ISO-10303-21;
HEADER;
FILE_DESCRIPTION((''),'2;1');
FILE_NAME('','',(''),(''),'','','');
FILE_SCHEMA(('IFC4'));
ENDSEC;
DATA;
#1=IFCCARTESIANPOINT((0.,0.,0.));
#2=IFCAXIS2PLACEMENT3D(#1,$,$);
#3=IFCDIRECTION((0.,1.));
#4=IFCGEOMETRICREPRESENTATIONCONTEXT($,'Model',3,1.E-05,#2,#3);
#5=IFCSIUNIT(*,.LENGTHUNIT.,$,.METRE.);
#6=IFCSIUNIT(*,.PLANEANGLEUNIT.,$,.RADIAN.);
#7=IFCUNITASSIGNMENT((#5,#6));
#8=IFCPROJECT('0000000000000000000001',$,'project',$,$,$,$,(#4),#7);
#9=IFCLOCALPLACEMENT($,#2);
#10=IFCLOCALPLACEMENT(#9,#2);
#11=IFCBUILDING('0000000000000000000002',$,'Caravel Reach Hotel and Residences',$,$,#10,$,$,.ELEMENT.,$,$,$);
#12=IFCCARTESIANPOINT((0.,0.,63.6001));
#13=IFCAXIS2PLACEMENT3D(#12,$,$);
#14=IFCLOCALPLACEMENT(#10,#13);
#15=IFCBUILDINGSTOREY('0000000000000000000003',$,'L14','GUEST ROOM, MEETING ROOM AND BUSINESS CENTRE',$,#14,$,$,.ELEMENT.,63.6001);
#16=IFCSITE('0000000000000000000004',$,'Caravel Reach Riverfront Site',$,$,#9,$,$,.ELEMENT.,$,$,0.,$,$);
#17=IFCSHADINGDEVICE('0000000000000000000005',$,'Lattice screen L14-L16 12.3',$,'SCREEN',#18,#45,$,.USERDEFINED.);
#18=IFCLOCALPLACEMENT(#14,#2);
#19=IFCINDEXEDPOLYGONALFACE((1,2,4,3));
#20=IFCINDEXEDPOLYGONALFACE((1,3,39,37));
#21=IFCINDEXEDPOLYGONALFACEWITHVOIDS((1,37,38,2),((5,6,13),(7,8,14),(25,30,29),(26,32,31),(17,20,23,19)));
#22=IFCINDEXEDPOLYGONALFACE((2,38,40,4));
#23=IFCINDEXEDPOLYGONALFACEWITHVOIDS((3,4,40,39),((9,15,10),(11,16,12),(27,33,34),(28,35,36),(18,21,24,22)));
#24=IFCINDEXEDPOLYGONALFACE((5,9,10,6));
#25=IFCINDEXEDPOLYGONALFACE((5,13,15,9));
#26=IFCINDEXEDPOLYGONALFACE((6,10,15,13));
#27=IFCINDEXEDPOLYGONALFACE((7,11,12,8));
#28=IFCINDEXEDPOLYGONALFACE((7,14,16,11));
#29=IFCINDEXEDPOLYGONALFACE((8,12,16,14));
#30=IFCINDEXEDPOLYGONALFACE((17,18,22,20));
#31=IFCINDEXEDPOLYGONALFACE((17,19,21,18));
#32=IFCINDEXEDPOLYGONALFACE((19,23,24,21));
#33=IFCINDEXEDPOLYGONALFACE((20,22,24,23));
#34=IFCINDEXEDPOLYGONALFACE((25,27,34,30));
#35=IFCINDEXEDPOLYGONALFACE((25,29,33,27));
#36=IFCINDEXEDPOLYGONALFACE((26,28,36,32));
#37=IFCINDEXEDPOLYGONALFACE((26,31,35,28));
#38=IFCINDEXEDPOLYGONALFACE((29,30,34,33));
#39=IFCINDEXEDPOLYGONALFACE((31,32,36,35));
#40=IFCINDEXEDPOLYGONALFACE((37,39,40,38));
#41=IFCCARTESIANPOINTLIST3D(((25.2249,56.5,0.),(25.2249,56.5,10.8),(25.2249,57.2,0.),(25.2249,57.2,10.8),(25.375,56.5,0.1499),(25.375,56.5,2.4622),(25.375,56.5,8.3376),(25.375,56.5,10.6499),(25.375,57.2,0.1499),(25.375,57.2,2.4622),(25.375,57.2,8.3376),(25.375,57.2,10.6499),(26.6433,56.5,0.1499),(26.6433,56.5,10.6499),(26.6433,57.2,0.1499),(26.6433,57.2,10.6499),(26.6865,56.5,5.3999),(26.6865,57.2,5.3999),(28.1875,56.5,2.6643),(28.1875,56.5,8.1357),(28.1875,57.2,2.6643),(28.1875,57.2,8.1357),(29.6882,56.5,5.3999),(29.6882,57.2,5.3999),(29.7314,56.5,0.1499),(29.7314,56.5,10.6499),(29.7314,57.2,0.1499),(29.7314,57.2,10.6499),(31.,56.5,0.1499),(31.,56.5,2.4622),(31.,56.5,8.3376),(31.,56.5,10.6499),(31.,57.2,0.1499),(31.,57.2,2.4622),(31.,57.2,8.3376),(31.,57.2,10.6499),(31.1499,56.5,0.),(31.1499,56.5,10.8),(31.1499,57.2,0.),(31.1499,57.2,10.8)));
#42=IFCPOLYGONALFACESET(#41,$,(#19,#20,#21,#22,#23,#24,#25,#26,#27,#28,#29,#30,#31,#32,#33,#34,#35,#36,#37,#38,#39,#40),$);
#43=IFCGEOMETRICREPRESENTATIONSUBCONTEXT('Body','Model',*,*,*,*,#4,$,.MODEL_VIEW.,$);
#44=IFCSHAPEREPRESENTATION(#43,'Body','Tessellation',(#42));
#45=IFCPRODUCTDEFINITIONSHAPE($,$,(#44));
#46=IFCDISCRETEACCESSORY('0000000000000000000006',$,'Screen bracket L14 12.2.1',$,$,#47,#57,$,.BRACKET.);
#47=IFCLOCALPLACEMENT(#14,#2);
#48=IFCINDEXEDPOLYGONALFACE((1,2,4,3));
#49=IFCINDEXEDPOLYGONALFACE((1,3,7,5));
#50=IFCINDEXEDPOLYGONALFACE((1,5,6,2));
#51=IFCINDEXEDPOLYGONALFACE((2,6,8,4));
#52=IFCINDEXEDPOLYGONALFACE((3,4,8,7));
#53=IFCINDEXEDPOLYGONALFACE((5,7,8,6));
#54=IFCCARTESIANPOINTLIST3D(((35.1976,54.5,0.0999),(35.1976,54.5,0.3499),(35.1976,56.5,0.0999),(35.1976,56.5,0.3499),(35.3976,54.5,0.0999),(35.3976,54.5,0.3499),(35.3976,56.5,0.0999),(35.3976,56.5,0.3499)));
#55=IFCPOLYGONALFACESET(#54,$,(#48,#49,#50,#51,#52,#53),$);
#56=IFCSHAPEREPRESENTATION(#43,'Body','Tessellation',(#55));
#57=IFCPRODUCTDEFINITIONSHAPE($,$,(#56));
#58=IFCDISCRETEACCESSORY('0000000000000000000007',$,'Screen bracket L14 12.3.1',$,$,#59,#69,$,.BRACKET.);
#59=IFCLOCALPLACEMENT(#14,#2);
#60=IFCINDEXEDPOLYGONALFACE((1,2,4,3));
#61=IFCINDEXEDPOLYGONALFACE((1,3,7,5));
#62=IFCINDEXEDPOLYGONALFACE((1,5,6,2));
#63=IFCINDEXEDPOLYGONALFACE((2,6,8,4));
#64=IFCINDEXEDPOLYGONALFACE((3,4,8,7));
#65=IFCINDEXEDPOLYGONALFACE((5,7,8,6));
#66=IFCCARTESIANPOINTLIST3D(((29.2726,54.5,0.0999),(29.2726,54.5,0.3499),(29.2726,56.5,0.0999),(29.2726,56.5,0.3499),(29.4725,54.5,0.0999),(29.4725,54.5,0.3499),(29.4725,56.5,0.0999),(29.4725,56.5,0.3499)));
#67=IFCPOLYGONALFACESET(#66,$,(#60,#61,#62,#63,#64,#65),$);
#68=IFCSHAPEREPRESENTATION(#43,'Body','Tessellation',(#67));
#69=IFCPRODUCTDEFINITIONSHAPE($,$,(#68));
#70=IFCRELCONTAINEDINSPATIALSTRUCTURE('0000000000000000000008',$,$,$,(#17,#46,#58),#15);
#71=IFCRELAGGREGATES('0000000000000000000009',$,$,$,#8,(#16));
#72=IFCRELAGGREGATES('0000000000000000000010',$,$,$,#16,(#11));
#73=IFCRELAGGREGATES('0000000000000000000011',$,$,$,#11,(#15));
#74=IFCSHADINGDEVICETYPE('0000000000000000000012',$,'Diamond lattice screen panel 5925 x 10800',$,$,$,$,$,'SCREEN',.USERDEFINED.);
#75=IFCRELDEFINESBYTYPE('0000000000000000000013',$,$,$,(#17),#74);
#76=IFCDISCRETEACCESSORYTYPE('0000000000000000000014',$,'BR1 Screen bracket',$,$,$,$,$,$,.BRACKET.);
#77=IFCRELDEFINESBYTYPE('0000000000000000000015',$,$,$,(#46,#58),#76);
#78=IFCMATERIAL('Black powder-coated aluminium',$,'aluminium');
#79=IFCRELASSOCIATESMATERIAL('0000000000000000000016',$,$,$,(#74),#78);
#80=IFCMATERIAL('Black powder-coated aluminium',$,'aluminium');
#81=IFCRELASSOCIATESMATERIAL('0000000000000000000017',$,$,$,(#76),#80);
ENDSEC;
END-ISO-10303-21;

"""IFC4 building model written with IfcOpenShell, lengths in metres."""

from ifc_helpers import new_model, si_unit, direction, frame, origin, origin_2d, place, context, subcontext, project, spatial, polyline, rectangle, outline, extrude, material, type_object, element, save


model = new_model("IFC4")

# Units and contexts
model_context = context("Model", 3, precision=1e-05, world=origin(), true_north=direction((0.0, 1.0)))
body_context = subcontext(model_context, "Body", "Model", "MODEL_VIEW")
ifc_project = project(units=[si_unit("LENGTHUNIT", "METRE"), si_unit("PLANEANGLEUNIT", "RADIAN")], contexts=[model_context])

# Site, building, storey
site_placement = place(None, origin())
site = spatial("IfcSite", under=ifc_project, at=site_placement, Name="Caravel Reach Riverfront Site", CompositionType="ELEMENT", RefElevation=0.0)
building_placement = place(site_placement, origin())
building = spatial("IfcBuilding", under=site, at=building_placement, Name="Caravel Reach Hotel and Residences", CompositionType="ELEMENT")
storey_placement = place(building_placement, frame((0.0, 0.0, 63.6001)))
storey = spatial("IfcBuildingStorey", under=building, at=storey_placement, Name="L14", Description="GUEST ROOM, MEETING ROOM AND BUSINESS CENTRE", CompositionType="ELEMENT", Elevation=63.6001)

# Shading device
ifc_material_1 = material(Name="Black powder-coated aluminium", Category="aluminium")
shading_device_type = type_object("IfcShadingDeviceType", Name="Diamond lattice screen panel 5925 x 10800", ElementType="SCREEN", PredefinedType="USERDEFINED", material=ifc_material_1)
for number, where, z_axis, x_axis, name in (
    (1, (31.1499, 56.5, 0.0), (0.0, 1.0, 0.0), (-1.0, 0.0, 0.0), "Lattice screen L14-L16 12.3"),
):
    element("IfcShadingDevice", number, at=place(storey_placement, frame(where, z_axis=z_axis, x_axis=x_axis)), inside=storey, type_object=shading_device_type, Name=name, ObjectType="SCREEN", PredefinedType="USERDEFINED", context=body_context, shape_type="SweptSolid", body=[
        extrude(outline(polyline([(0.0, 0.0), (5.925, 0.0), (5.925, 10.8), (0.0, 10.8), (0.0, 0.0)]), holes=[polyline([(1.4185, 0.1499), (0.1499, 2.4622), (0.1499, 0.1499), (1.4185, 0.1499)]), polyline([(0.1499, 8.3376), (1.4185, 10.6499), (0.1499, 10.6499), (0.1499, 8.3376)]), polyline([(2.9624, 8.1357), (1.4617, 5.3999), (2.9624, 2.6643), (4.4634, 5.3999), (2.9624, 8.1357)]), polyline([(5.7749, 2.4622), (4.5066, 0.1499), (5.7749, 0.1499), (5.7749, 2.4622)]), polyline([(4.5066, 10.6499), (5.7749, 8.3376), (5.7749, 10.6499), (4.5066, 10.6499)])]), origin(), (0.0, 0.0, 1.0), 0.7),
    ])

# Discrete accessories
ifc_material_2 = material(Name="Black powder-coated aluminium", Category="aluminium")
discrete_accessory_type = type_object("IfcDiscreteAccessoryType", Name="BR1 Screen bracket", PredefinedType="BRACKET", material=ifc_material_2)
for number, where, z_axis, x_axis, name in (
    (2, (35.2976, 55.5, 0.0999), (0.0, 0.0, 1.0), (0.0, 1.0, 0.0), "Screen bracket L14 12.2.1"),
    (3, (29.3726, 55.5, 0.0999), (0.0, 0.0, 1.0), (0.0, 1.0, 0.0), "Screen bracket L14 12.3.1"),
):
    element("IfcDiscreteAccessory", number, at=place(storey_placement, frame(where, z_axis=z_axis, x_axis=x_axis)), inside=storey, type_object=discrete_accessory_type, Name=name, PredefinedType="BRACKET", context=body_context, shape_type="SweptSolid", body=[
        extrude(rectangle(XDim=2.0, YDim=0.2, at=origin_2d()), origin(), (0.0, 0.0, 1.0), 0.25),
    ])

save(model, "model.ifc")
